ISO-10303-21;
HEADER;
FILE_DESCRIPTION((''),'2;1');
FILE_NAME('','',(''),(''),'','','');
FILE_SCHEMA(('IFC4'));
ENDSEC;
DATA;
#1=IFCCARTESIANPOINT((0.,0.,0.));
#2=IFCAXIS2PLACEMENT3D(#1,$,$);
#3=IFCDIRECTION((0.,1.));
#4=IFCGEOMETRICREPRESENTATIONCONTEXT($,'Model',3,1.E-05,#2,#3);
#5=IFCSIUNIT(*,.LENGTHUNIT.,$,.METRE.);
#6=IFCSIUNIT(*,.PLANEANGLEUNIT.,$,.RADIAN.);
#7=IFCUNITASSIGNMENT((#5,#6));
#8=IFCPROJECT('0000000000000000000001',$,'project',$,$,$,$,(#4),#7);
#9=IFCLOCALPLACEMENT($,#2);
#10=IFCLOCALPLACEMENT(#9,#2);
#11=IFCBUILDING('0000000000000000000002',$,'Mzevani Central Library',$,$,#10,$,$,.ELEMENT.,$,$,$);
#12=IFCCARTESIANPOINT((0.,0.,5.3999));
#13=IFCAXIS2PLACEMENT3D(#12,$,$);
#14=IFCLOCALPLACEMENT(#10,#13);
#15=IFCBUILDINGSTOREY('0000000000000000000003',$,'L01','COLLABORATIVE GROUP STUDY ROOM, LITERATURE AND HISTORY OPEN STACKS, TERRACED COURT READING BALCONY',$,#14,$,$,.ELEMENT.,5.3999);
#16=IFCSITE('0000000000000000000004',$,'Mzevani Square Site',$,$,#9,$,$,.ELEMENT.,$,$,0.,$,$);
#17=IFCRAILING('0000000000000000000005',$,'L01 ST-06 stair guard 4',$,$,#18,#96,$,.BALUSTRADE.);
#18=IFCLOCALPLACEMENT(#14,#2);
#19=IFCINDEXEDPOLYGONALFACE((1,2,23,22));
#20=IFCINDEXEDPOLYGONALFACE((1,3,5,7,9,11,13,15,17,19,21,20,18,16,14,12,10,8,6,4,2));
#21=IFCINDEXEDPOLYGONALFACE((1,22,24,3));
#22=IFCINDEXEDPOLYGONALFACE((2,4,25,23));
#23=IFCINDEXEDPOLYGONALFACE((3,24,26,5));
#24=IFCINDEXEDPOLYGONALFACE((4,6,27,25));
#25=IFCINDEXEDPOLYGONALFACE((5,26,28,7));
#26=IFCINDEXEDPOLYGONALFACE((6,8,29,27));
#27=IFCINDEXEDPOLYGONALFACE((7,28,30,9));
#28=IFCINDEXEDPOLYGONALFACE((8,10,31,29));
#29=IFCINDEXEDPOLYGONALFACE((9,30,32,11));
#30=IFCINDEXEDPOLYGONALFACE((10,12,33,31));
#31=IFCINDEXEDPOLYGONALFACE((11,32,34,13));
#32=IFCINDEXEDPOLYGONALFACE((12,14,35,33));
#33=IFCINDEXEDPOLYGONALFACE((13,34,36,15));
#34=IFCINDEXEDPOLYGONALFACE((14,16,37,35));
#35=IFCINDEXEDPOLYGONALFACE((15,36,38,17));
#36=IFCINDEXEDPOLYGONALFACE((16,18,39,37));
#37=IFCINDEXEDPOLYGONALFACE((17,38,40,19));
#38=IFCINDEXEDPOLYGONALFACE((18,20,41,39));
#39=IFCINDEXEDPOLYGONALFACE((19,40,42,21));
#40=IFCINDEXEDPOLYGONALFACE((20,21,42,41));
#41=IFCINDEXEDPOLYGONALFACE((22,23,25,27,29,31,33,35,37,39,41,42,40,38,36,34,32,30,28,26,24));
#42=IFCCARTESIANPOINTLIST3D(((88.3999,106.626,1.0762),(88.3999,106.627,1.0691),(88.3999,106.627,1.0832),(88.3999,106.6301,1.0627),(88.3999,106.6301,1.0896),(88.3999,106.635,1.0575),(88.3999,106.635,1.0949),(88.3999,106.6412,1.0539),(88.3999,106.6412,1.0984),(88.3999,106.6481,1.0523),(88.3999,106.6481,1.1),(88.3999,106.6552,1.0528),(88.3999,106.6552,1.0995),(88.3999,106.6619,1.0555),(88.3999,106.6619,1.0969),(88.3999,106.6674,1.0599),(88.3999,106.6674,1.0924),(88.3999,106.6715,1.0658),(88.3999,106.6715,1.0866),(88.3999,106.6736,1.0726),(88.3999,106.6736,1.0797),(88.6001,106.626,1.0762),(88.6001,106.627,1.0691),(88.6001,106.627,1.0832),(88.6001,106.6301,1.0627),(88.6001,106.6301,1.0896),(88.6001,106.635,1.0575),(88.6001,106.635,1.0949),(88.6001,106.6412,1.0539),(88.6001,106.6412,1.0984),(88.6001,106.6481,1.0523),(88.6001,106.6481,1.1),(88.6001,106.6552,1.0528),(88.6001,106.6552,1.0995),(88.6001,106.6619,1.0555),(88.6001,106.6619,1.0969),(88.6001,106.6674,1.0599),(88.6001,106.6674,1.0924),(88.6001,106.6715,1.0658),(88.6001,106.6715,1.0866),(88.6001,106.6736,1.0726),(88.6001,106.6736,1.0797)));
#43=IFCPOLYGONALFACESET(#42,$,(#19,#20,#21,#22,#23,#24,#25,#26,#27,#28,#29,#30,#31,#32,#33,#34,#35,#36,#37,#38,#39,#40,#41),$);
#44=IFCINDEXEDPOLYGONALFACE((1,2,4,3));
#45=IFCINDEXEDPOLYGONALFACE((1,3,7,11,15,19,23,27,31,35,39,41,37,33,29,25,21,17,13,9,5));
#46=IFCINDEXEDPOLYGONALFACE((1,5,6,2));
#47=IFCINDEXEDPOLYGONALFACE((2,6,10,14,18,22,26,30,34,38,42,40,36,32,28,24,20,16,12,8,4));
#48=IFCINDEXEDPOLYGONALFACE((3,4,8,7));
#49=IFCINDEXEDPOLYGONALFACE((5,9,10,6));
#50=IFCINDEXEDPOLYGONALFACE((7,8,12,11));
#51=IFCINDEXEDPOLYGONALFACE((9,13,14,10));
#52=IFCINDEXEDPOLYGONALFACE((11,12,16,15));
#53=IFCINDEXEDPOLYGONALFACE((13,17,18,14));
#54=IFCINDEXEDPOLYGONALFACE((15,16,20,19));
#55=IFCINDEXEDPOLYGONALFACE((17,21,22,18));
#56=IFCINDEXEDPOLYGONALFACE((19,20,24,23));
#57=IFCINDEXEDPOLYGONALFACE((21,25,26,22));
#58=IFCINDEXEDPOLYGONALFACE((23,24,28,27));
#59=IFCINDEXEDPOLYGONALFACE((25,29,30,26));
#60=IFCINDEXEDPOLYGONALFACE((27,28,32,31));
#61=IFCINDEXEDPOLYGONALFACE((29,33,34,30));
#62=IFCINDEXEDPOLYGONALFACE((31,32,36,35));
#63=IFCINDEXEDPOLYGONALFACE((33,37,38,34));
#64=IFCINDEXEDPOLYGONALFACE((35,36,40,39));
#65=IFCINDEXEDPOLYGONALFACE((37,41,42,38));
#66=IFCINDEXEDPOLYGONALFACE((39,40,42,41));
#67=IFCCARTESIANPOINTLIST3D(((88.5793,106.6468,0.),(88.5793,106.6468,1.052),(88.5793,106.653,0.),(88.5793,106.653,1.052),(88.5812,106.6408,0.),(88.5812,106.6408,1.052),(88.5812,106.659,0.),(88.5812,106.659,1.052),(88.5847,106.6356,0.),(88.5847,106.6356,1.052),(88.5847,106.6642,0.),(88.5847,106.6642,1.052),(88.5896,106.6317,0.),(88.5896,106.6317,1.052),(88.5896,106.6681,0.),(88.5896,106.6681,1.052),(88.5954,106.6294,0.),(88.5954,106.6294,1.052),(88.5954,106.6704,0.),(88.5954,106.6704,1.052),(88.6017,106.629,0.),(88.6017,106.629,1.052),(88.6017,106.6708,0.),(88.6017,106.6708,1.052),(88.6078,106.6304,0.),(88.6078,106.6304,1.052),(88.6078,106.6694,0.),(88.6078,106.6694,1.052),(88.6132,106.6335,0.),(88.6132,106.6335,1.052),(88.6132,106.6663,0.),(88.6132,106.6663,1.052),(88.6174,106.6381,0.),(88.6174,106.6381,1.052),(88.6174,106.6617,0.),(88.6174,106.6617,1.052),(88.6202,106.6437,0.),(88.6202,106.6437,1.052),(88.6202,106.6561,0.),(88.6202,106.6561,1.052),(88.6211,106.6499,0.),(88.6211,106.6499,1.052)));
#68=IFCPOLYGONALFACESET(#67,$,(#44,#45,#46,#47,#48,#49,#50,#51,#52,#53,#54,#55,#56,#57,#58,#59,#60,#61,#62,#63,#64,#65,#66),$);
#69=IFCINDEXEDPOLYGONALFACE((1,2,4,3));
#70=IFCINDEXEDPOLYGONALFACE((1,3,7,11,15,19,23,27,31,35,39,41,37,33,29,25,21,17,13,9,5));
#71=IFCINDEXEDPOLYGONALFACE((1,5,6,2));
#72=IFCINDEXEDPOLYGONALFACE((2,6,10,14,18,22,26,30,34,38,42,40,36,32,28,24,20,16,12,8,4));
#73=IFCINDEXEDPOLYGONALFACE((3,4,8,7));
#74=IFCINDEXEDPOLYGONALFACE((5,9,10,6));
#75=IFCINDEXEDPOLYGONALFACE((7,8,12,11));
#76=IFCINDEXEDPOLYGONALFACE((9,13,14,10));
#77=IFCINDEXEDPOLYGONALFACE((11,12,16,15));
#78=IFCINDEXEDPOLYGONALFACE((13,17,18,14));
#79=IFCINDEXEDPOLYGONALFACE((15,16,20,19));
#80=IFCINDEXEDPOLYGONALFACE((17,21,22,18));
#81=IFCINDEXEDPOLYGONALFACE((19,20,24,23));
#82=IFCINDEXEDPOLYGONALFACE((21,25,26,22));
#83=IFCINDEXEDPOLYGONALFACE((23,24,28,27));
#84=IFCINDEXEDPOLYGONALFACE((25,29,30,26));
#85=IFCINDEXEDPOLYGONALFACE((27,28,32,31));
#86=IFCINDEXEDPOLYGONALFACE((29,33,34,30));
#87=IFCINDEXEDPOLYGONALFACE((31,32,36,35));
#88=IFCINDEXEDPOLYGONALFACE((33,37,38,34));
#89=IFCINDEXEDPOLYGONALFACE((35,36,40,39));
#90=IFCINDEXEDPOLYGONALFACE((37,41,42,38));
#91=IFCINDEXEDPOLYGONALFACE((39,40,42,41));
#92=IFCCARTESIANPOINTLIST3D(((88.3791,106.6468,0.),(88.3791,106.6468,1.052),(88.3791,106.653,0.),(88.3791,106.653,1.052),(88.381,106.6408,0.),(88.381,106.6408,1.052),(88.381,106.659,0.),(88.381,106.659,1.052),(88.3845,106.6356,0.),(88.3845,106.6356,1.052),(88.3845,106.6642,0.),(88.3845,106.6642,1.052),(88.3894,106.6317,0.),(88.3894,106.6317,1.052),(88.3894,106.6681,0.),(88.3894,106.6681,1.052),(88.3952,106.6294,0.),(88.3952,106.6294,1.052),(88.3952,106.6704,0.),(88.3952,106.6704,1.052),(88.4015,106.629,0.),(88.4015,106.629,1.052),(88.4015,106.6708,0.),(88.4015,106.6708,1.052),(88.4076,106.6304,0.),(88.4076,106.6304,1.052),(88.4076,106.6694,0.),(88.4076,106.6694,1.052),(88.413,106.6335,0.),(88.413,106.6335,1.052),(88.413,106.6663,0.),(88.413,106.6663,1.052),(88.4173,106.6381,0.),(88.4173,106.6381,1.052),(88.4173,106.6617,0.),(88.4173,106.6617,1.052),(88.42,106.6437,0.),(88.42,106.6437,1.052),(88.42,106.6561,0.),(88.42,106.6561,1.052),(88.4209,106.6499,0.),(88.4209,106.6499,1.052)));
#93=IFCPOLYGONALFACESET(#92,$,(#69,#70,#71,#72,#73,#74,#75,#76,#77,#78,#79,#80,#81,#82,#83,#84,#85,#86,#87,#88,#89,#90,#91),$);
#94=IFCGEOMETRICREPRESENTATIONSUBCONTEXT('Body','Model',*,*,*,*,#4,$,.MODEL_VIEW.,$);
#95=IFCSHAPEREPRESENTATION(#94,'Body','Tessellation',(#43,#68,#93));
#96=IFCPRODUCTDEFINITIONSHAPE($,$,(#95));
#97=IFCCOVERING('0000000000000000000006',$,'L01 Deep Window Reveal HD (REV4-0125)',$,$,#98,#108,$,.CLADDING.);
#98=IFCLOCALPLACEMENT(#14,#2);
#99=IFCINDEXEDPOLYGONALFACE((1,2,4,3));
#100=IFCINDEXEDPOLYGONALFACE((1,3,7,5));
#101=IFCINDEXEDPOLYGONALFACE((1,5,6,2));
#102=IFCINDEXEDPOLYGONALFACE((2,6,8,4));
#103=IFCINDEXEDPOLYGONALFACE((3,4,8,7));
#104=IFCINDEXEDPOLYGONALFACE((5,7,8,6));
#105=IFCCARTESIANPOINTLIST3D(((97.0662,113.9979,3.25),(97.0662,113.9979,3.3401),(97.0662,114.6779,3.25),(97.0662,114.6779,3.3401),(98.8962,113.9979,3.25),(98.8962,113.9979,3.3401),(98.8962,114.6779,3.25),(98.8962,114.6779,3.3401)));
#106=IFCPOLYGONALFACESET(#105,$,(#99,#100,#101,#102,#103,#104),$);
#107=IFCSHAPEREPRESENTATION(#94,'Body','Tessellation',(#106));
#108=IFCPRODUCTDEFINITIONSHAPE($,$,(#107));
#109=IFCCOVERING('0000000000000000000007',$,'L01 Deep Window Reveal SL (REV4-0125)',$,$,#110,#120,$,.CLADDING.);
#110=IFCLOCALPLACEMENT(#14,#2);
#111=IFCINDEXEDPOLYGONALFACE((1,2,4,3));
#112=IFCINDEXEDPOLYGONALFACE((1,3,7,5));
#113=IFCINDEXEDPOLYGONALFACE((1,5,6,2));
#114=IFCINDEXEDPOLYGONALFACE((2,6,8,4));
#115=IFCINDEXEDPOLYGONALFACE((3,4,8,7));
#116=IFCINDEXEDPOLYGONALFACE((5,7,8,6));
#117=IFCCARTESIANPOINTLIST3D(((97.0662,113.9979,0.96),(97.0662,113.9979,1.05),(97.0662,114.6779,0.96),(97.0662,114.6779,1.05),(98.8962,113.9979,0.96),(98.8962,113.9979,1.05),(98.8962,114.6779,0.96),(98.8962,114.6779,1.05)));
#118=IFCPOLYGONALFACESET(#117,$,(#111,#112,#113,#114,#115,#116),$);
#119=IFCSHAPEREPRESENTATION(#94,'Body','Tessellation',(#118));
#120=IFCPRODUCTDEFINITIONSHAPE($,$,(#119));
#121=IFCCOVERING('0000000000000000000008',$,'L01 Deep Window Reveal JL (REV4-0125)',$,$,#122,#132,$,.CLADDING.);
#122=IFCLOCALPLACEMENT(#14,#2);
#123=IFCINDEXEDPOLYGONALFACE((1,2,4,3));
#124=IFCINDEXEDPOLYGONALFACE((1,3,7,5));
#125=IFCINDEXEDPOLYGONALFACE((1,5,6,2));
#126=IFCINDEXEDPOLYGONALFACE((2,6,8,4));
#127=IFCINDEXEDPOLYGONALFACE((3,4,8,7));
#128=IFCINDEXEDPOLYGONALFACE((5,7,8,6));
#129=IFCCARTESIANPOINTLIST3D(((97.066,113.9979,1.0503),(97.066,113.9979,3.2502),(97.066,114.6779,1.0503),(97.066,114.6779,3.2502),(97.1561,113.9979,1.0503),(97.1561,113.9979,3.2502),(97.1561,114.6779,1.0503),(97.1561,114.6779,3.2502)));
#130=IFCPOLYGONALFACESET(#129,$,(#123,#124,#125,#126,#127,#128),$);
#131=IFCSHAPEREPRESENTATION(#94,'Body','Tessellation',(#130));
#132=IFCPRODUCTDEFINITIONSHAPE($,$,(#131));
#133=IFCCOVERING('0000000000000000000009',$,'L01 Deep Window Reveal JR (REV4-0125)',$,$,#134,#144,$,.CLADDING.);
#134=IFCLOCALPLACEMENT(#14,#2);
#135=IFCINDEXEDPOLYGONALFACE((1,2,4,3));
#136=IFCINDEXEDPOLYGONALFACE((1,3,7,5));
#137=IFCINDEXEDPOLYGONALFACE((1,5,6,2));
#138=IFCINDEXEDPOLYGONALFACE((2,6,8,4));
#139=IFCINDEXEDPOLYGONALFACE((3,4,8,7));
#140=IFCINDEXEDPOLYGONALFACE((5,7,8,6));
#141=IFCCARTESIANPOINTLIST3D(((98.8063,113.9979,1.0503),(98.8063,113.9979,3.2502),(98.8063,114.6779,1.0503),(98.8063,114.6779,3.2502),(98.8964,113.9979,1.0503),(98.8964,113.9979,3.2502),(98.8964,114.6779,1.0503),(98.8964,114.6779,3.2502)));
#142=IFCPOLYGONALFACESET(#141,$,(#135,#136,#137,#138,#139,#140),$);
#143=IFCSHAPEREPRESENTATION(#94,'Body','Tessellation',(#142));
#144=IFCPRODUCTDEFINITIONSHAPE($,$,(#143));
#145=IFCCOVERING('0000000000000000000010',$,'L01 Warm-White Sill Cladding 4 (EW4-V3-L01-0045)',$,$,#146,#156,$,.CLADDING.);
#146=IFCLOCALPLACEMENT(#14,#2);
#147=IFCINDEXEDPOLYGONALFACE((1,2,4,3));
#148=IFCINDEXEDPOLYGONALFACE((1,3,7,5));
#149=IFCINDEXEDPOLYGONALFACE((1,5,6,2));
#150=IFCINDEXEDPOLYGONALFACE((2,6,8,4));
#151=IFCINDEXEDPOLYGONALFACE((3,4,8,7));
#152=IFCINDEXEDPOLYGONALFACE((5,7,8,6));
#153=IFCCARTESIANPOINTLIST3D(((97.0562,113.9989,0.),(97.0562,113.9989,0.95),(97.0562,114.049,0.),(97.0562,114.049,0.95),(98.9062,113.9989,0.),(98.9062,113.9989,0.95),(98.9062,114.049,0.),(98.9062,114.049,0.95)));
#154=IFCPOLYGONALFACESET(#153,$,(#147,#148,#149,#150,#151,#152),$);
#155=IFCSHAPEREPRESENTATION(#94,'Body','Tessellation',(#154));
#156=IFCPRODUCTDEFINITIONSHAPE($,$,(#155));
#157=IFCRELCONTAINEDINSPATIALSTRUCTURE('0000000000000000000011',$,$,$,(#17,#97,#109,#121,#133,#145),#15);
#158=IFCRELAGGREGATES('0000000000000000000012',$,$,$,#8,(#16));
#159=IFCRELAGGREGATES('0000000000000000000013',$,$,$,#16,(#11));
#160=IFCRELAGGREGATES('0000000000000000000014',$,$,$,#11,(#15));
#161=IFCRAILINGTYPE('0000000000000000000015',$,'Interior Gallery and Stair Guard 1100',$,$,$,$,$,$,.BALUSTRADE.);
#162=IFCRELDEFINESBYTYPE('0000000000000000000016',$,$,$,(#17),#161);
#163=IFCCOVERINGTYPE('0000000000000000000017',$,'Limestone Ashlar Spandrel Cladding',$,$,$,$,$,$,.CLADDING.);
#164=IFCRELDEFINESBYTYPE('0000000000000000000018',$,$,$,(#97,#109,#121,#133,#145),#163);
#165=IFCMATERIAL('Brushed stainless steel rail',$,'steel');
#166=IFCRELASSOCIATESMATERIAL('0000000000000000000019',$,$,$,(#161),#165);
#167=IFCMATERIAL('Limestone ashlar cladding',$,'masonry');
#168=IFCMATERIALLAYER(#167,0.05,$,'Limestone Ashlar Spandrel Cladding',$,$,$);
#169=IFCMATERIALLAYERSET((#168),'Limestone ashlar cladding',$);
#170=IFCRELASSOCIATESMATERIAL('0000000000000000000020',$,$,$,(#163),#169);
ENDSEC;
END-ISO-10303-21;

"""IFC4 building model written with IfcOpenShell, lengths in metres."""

from ifc_helpers import new_model, si_unit, direction, frame, origin, origin_2d, place, context, subcontext, project, spatial, rectangle, circle, extrude, material, layer, layer_set, type_object, element, save


model = new_model("IFC4")

# Units and contexts
model_context = context("Model", 3, precision=1e-05, world=origin(), true_north=direction((0.0, 1.0)))
body_context = subcontext(model_context, "Body", "Model", "MODEL_VIEW")
ifc_project = project(units=[si_unit("LENGTHUNIT", "METRE"), si_unit("PLANEANGLEUNIT", "RADIAN")], contexts=[model_context])

# Site, building, storey
site_placement = place(None, origin())
site = spatial("IfcSite", under=ifc_project, at=site_placement, Name="Mzevani Square Site", CompositionType="ELEMENT", RefElevation=0.0)
building_placement = place(site_placement, origin())
building = spatial("IfcBuilding", under=site, at=building_placement, Name="Mzevani Central Library", CompositionType="ELEMENT")
storey_placement = place(building_placement, frame((0.0, 0.0, 5.3999)))
storey = spatial("IfcBuildingStorey", under=building, at=storey_placement, Name="L01", Description="COLLABORATIVE GROUP STUDY ROOM, LITERATURE AND HISTORY OPEN STACKS, TERRACED COURT READING BALCONY", CompositionType="ELEMENT", Elevation=5.3999)

# Railing
ifc_material_1 = material(Name="Brushed stainless steel rail", Category="steel")
railing_type_1 = type_object("IfcRailingType", Name="Interior Gallery and Stair Guard 1100", PredefinedType="BALUSTRADE", material=ifc_material_1)
railing_1_placement = place(storey_placement, frame((88.6001, 106.6499, 0.0)))
element("IfcRailing", 1, at=railing_1_placement, inside=storey, type_object=railing_type_1, Name="L01 ST-06 stair guard 4", PredefinedType="BALUSTRADE", context=body_context, shape_type="SweptSolid", body=[
    extrude(circle(Radius=0.0239, at=origin_2d()), frame((0.0, 0.0, 1.0762), z_axis=(-1.0, 0.0, 0.0), x_axis=(0.0, -1.0, 0.0)), (0.0, 0.0, 1.0), 0.2002),
    extrude(circle(Radius=0.021, at=origin_2d()), origin(), (0.0, 0.0, 1.0), 1.052),
    extrude(circle(Radius=0.021, at=origin_2d()), frame((-0.2002, 0.0, 0.0)), (0.0, 0.0, 1.0), 1.052),
])

# Coverings
ifc_material_2 = material(Name="Limestone ashlar cladding", Category="masonry")
ifc_layer_1 = layer(ifc_material_2, 0.05, Name="Limestone Ashlar Spandrel Cladding")
ifc_layer_set_1 = layer_set([ifc_layer_1], Name="Limestone ashlar cladding")
covering_type = type_object("IfcCoveringType", Name="Limestone Ashlar Spandrel Cladding", PredefinedType="CLADDING", material=ifc_layer_set_1)
for number, where, z_axis, x_axis, name in (
    (2, (97.9812, 114.3379, 3.25), (0.0, 0.0, 1.0), (1.0, 0.0, 0.0), "L01 Deep Window Reveal HD (REV4-0125)"),
    (3, (97.9812, 114.3379, 0.96), (0.0, 0.0, 1.0), (1.0, 0.0, 0.0), "L01 Deep Window Reveal SL (REV4-0125)"),
):
    element("IfcCovering", number, at=place(storey_placement, frame(where, z_axis=z_axis, x_axis=x_axis)), inside=storey, type_object=covering_type, Name=name, PredefinedType="CLADDING", context=body_context, shape_type="SweptSolid", body=[
        extrude(rectangle(XDim=1.8301, YDim=0.6799, at=origin_2d()), origin(), (0.0, 0.0, 1.0), 0.0901),
    ])
for number, where, z_axis, x_axis, name in (
    (4, (97.1111, 114.3379, 1.0503), (0.0, 0.0, 1.0), (1.0, 0.0, 0.0), "L01 Deep Window Reveal JL (REV4-0125)"),
    (5, (98.8513, 114.3379, 1.0503), (0.0, 0.0, 1.0), (1.0, 0.0, 0.0), "L01 Deep Window Reveal JR (REV4-0125)"),
):
    element("IfcCovering", number, at=place(storey_placement, frame(where, z_axis=z_axis, x_axis=x_axis)), inside=storey, type_object=covering_type, Name=name, PredefinedType="CLADDING", context=body_context, shape_type="SweptSolid", body=[
        extrude(rectangle(XDim=0.0901, YDim=0.6799, at=origin_2d()), origin(), (0.0, 0.0, 1.0), 2.2),
    ])
covering_placement = place(storey_placement, frame((97.9812, 114.0239, 0.0), z_axis=(0.0, 0.0, 1.0), x_axis=(1.0, 0.0, 0.0)))
element("IfcCovering", 6, at=covering_placement, inside=storey, type_object=covering_type, Name="L01 Warm-White Sill Cladding 4 (EW4-V3-L01-0045)", PredefinedType="CLADDING", context=body_context, shape_type="SweptSolid", body=[
    extrude(rectangle(XDim=1.8501, YDim=0.05, at=origin_2d()), origin(), (0.0, 0.0, 1.0), 0.95),
])

save(model, "model.ifc")
